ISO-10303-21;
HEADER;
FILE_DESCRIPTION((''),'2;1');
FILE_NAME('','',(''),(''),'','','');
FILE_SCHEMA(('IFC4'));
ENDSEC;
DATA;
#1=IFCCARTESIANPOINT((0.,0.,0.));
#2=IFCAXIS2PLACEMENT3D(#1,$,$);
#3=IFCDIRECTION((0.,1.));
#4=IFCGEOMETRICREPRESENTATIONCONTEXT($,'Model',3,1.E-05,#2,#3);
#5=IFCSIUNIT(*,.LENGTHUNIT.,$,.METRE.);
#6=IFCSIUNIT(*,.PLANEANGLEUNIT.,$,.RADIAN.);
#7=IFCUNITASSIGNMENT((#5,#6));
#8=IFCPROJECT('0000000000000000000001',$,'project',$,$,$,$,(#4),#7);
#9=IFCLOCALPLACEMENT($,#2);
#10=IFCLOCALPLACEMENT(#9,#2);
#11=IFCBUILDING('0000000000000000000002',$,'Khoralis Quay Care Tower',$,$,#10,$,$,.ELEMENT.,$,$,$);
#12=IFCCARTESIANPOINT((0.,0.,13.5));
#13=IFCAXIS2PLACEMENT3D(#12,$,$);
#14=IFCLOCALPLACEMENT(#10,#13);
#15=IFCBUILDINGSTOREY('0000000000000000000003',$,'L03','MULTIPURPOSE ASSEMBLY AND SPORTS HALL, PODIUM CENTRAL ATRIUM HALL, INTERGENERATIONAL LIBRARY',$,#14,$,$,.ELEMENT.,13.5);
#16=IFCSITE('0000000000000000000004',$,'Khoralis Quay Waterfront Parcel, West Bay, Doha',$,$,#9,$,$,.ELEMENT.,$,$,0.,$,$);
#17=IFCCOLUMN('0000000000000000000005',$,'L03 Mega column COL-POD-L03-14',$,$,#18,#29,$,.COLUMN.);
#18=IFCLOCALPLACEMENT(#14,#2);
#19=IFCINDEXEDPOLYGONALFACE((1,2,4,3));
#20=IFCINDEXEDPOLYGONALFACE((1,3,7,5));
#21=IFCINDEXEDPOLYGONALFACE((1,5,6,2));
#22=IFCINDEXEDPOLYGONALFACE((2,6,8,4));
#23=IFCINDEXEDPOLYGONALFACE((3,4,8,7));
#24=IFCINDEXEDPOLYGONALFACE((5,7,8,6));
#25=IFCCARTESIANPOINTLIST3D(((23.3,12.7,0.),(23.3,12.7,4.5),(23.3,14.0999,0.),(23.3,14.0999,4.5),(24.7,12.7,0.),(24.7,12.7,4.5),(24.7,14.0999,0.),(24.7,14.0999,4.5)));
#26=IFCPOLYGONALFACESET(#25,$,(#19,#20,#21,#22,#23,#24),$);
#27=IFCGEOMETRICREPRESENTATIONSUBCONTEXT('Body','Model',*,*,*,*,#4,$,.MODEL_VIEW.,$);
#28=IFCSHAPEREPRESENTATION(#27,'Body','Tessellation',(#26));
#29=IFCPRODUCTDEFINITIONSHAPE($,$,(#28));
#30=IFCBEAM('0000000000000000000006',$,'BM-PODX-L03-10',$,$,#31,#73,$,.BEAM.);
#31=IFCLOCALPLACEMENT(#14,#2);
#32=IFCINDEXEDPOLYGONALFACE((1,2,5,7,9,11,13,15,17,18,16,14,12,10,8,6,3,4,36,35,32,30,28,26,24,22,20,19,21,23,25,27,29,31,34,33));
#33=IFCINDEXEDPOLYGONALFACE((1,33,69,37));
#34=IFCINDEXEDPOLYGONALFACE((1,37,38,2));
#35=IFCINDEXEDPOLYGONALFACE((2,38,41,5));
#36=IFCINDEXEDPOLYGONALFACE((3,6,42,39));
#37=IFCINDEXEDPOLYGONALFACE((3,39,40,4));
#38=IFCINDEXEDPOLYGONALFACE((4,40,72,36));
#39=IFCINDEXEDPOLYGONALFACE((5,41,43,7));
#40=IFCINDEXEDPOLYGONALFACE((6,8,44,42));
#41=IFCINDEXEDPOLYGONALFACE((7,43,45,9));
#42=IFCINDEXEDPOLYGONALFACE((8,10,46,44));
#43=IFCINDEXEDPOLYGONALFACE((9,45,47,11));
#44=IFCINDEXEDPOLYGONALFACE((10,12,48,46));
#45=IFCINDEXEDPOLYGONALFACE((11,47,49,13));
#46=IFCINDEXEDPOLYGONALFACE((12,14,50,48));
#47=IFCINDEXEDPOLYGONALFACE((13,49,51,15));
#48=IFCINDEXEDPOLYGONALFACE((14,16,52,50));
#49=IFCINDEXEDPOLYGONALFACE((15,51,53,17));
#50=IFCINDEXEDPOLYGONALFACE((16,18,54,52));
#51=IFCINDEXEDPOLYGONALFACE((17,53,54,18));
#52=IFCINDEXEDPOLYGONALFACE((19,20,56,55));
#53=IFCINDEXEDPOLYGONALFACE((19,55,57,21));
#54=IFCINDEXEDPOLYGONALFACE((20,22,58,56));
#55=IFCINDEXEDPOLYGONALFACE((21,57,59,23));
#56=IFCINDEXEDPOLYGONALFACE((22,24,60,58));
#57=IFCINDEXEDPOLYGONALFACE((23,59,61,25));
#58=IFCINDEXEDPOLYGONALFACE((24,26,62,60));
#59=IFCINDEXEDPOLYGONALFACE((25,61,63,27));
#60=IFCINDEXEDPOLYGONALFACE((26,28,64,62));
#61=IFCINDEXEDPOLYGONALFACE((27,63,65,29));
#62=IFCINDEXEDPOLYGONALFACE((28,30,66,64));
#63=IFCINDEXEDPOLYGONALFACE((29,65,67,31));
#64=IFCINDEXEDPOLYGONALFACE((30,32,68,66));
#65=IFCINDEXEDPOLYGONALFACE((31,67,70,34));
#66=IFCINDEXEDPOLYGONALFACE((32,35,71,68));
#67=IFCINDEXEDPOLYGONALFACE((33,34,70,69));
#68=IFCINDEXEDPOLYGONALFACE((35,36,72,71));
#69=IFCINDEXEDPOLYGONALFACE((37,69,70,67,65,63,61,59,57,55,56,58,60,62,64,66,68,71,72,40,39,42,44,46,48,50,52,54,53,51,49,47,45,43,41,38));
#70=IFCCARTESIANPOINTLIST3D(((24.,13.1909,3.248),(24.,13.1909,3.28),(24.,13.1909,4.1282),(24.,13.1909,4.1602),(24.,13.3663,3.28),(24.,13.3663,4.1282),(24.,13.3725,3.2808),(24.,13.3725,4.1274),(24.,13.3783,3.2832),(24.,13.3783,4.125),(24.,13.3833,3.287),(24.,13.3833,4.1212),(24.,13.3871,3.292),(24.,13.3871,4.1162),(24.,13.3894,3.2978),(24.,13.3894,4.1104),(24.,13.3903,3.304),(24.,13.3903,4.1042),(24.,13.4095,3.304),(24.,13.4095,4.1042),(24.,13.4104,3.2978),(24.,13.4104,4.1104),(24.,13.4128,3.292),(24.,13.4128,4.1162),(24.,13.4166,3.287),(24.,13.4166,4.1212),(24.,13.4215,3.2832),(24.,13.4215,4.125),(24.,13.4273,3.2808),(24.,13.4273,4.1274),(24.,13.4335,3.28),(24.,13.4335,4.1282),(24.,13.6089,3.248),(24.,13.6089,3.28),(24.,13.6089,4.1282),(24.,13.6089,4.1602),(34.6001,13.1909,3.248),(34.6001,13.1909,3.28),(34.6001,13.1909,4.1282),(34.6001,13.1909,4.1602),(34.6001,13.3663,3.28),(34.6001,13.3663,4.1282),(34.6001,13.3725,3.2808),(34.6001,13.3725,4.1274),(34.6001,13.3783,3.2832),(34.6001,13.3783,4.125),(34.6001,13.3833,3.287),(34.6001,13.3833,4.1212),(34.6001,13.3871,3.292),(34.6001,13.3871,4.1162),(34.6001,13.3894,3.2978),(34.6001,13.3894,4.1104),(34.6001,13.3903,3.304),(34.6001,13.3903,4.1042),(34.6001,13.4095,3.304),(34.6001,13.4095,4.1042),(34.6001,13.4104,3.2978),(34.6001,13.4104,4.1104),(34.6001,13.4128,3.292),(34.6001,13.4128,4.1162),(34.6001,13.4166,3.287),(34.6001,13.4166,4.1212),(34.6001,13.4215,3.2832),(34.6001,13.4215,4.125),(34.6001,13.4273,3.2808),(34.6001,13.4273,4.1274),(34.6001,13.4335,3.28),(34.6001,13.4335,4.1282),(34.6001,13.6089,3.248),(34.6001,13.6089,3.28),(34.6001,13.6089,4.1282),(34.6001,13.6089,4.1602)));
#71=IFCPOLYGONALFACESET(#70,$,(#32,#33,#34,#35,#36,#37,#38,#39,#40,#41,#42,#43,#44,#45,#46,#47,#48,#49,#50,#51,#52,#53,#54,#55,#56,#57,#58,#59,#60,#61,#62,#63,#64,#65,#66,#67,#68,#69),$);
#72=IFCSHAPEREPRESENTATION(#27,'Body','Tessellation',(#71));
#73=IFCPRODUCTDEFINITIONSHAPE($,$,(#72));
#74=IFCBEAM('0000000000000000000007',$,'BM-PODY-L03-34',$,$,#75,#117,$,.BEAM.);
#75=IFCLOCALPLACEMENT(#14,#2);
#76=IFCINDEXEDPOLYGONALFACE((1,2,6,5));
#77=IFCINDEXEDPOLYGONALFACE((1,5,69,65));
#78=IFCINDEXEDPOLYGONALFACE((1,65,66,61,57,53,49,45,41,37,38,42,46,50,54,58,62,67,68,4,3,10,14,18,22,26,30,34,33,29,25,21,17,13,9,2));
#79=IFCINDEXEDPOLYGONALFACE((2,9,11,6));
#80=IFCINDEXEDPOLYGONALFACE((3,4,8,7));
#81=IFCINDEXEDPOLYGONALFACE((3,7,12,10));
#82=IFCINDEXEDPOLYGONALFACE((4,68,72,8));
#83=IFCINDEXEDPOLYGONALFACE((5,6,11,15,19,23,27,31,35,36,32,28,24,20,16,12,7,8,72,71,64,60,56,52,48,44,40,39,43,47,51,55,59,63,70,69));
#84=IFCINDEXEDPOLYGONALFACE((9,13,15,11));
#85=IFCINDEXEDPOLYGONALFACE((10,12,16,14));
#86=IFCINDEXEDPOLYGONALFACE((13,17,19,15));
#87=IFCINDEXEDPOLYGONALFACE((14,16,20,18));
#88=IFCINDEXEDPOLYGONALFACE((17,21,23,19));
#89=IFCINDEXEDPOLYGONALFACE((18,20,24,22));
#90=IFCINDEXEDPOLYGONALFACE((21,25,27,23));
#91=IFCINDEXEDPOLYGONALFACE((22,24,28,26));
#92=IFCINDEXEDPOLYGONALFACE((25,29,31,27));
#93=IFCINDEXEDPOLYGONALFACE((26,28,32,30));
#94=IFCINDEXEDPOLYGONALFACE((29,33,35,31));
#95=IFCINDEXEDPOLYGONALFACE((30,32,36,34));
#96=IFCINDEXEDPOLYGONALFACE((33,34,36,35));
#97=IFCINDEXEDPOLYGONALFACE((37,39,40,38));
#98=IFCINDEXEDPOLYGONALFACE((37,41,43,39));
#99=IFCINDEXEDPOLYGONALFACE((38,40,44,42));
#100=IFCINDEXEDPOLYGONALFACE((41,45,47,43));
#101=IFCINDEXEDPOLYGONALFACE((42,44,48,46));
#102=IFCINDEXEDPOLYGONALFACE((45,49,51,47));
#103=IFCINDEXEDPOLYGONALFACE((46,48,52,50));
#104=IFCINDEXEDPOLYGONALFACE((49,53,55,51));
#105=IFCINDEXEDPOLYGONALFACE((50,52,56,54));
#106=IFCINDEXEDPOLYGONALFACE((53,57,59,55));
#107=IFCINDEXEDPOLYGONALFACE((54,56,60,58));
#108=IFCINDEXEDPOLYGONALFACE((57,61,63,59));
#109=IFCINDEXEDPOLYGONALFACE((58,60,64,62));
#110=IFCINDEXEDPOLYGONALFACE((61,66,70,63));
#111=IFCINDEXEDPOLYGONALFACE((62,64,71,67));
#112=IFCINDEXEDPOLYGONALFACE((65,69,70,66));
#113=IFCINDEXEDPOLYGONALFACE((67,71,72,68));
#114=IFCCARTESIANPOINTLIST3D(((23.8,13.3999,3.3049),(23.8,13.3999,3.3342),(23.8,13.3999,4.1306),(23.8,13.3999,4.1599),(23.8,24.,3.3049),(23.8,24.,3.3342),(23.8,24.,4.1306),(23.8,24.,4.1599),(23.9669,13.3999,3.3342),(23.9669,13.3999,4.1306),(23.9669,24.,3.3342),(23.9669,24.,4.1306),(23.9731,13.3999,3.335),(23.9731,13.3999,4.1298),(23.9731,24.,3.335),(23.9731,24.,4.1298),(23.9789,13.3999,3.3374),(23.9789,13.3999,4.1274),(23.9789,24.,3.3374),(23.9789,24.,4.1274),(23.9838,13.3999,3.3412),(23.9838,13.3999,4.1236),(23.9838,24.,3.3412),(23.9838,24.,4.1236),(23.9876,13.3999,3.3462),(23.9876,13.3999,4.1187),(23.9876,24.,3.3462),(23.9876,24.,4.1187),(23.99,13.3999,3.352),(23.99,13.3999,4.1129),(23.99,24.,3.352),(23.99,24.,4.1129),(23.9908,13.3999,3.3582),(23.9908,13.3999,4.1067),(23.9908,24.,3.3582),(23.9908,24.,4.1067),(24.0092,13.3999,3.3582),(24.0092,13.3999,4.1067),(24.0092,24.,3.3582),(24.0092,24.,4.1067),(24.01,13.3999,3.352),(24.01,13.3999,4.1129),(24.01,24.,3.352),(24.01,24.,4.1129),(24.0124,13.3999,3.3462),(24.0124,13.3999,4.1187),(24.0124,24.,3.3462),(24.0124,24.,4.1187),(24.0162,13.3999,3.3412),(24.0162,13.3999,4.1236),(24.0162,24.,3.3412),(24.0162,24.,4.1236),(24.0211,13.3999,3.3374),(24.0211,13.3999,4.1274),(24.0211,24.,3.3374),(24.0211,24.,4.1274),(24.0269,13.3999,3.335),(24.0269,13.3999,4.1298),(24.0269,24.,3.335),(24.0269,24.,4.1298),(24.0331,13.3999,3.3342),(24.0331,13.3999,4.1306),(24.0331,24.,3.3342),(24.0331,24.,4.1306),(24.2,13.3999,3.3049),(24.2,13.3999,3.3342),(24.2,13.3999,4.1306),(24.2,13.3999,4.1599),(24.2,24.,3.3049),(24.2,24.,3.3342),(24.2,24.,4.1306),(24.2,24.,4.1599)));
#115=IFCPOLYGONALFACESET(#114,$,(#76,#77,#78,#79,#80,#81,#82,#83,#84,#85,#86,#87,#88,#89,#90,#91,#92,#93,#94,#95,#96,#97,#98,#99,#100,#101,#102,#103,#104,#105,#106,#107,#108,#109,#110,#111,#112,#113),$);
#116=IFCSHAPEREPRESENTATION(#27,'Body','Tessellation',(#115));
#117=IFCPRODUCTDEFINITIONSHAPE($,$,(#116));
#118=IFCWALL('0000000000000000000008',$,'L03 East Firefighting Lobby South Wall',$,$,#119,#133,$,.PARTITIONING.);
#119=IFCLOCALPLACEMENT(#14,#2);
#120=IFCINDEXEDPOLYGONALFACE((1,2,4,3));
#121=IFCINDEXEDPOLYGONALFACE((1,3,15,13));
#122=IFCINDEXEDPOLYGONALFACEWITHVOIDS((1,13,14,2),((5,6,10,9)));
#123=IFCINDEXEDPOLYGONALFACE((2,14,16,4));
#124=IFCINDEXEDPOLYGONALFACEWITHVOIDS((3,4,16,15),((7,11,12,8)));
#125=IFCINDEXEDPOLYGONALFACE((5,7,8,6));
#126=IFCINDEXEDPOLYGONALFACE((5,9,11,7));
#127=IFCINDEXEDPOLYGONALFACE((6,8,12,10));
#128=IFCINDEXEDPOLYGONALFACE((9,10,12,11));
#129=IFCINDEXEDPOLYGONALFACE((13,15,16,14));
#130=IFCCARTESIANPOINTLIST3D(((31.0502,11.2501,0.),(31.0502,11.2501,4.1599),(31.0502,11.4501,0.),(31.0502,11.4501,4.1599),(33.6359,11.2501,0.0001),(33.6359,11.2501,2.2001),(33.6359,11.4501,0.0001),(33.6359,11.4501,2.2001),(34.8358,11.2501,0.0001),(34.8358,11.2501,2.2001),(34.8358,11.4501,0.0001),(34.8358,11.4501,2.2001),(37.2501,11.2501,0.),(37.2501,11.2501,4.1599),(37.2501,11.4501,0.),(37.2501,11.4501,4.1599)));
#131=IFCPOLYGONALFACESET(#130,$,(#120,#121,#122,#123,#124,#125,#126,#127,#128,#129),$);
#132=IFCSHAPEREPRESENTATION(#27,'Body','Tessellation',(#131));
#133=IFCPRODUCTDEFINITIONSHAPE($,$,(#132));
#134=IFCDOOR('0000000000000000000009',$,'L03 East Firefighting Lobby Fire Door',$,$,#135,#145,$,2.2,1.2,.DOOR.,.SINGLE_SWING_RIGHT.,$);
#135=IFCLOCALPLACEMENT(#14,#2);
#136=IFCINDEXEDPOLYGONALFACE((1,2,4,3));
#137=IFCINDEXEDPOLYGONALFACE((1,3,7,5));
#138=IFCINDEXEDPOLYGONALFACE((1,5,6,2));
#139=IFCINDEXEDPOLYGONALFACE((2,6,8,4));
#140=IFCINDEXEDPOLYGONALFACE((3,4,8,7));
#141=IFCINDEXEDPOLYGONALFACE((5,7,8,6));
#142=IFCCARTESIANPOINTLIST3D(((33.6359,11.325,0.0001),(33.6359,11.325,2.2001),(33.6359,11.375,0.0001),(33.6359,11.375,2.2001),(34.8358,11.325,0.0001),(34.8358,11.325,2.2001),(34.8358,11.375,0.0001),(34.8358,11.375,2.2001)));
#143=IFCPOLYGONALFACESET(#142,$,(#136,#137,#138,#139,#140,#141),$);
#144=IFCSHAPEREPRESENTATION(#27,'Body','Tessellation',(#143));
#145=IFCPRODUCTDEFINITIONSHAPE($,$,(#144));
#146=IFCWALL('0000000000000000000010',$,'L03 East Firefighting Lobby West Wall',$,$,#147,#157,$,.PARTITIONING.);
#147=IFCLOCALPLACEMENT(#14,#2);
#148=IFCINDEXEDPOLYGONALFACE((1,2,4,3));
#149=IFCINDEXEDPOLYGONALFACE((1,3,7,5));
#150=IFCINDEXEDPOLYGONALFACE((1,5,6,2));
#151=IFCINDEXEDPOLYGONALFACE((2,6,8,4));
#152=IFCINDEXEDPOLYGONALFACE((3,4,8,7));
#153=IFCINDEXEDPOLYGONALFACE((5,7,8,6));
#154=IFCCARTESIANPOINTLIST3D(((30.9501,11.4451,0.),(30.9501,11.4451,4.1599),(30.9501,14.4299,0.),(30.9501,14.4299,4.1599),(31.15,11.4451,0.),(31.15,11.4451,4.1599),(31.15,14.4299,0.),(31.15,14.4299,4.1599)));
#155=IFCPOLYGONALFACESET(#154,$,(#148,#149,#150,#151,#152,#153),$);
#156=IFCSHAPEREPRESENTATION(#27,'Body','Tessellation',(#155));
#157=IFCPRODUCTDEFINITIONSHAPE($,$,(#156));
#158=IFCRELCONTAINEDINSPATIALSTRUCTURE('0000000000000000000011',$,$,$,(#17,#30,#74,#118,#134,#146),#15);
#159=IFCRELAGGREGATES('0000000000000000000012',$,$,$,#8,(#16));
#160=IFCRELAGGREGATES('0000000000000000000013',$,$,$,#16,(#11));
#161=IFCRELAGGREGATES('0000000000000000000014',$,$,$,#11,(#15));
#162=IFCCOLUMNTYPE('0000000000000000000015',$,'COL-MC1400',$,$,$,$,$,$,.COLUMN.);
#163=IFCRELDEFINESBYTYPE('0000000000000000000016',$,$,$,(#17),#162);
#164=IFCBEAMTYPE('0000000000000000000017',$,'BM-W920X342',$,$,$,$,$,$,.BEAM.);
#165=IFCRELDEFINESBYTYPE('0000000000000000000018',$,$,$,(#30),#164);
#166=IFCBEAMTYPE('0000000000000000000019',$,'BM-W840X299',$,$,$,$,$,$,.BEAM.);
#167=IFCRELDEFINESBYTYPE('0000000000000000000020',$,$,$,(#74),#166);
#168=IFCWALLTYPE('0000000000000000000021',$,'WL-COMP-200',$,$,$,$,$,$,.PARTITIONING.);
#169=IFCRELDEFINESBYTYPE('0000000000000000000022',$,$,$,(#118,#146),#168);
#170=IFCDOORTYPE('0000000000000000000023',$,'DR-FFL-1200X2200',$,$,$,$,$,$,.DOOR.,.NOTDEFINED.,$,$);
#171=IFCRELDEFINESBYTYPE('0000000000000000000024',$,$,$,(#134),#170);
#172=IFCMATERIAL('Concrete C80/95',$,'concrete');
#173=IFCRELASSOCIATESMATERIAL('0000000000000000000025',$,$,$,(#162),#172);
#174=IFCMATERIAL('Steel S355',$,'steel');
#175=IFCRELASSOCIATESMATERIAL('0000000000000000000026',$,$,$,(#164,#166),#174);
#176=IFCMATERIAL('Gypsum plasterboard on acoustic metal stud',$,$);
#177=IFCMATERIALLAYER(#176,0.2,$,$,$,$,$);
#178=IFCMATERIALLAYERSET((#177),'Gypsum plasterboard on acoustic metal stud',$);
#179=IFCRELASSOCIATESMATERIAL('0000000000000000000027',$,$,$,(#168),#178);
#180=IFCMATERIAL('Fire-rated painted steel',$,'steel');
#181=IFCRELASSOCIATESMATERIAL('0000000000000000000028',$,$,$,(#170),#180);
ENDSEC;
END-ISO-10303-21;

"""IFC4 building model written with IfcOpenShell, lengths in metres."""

from ifc_helpers import new_model, si_unit, direction, frame, frame_2d, origin, origin_2d, place, context, subcontext, project, spatial, rectangle, i_section, extrude, source, transform, mapped, material, layer, layer_set, material_profile, profile_set, type_object, element, fill, save


model = new_model("IFC4")

# Units and contexts
model_context = context("Model", 3, precision=1e-05, world=origin(), true_north=direction((0.0, 1.0)))
body_context = subcontext(model_context, "Body", "Model", "MODEL_VIEW")
ifc_project = project(units=[si_unit("LENGTHUNIT", "METRE"), si_unit("PLANEANGLEUNIT", "RADIAN")], contexts=[model_context])

# Site, building, storey
site_placement = place(None, origin())
site = spatial("IfcSite", under=ifc_project, at=site_placement, Name="Khoralis Quay Waterfront Parcel, West Bay, Doha", CompositionType="ELEMENT", RefElevation=0.0)
building_placement = place(site_placement, origin())
building = spatial("IfcBuilding", under=site, at=building_placement, Name="Khoralis Quay Care Tower", CompositionType="ELEMENT")
storey_placement = place(building_placement, frame((0.0, 0.0, 13.5)))
storey = spatial("IfcBuildingStorey", under=building, at=storey_placement, Name="L03", Description="MULTIPURPOSE ASSEMBLY AND SPORTS HALL, PODIUM CENTRAL ATRIUM HALL, INTERGENERATIONAL LIBRARY", CompositionType="ELEMENT", Elevation=13.5)

# Column
ifc_material_1 = material(Name="Concrete C80/95", Category="concrete")
ifc_material_profile_1 = material_profile(ifc_material_1, rectangle(XDim=1.3999, YDim=1.3999, at=origin_2d()), Name="Concrete C80/95")
ifc_profile_set_1 = profile_set([ifc_material_profile_1], Name="Concrete C80/95")
column_type = type_object("IfcColumnType", Name="COL-MC1400", PredefinedType="COLUMN", material=ifc_profile_set_1)
shared_shape_1 = source(origin(), body_context, "Body", "SweptSolid", [
    extrude(rectangle(XDim=1.3999, YDim=1.3999, at=origin_2d()), origin(), (0.0, 0.0, 1.0), 4.5),
])
column_placement = place(storey_placement, frame((24.0, 13.3999, 0.0), z_axis=(0.0, 0.0, 1.0), x_axis=(1.0, 0.0, 0.0)))
element("IfcColumn", 1, at=column_placement, inside=storey, type_object=column_type, Name="L03 Mega column COL-POD-L03-14", PredefinedType="COLUMN", context=body_context, shape_type="MappedRepresentation", body=[
    mapped(shared_shape_1, transform((0.0, 0.0, 0.0), scale=1.0)),
])

# Beams
ifc_material_2 = material(Name="Steel S355", Category="steel")
ifc_material_profile_2 = material_profile(ifc_material_2, i_section(OverallWidth=0.418, OverallDepth=0.9121, WebThickness=0.0193, FlangeThickness=0.032, FilletRadius=0.0239, at=origin_2d()), Name="Steel S355")
ifc_profile_set_2 = profile_set([ifc_material_profile_2], Name="Steel S355")
beam_type_1 = type_object("IfcBeamType", Name="BM-W920X342", PredefinedType="BEAM", material=ifc_profile_set_2)
shared_shape_2 = source(origin(), body_context, "Body", "SweptSolid", [
    extrude(i_section(OverallWidth=0.418, OverallDepth=0.9121, WebThickness=0.0193, FlangeThickness=0.032, FilletRadius=0.0239, at=origin_2d()), origin(), (0.0, 0.0, 1.0), 10.6001),
])
beam_1_placement = place(storey_placement, frame((24.0, 13.3999, 3.7041), z_axis=(1.0, 0.0, 0.0), x_axis=(0.0, 1.0, 0.0)))
element("IfcBeam", 2, at=beam_1_placement, inside=storey, type_object=beam_type_1, Name="BM-PODX-L03-10", PredefinedType="BEAM", context=body_context, shape_type="MappedRepresentation", body=[
    mapped(shared_shape_2, transform((0.0, 0.0, 0.0), scale=1.0)),
])
ifc_material_profile_3 = material_profile(ifc_material_2, i_section(OverallWidth=0.3999, OverallDepth=0.855, WebThickness=0.0183, FlangeThickness=0.0293, FilletRadius=0.0239, at=origin_2d()), Name="Steel S355")
ifc_profile_set_3 = profile_set([ifc_material_profile_3], Name="Steel S355")
beam_type_2 = type_object("IfcBeamType", Name="BM-W840X299", PredefinedType="BEAM", material=ifc_profile_set_3)
shared_shape_3 = source(origin(), body_context, "Body", "SweptSolid", [
    extrude(i_section(OverallWidth=0.3999, OverallDepth=0.855, WebThickness=0.0183, FlangeThickness=0.0293, FilletRadius=0.0239, at=origin_2d()), origin(), (0.0, 0.0, 1.0), 10.6001),
])
beam_2_placement = place(storey_placement, frame((24.0, 13.3999, 3.7324), z_axis=(0.0, 1.0, 0.0), x_axis=(-1.0, 0.0, 0.0)))
element("IfcBeam", 3, at=beam_2_placement, inside=storey, type_object=beam_type_2, Name="BM-PODY-L03-34", PredefinedType="BEAM", context=body_context, shape_type="MappedRepresentation", body=[
    mapped(shared_shape_3, transform((0.0, 0.0, 0.0), scale=1.0)),
])

# Wall, opening, door
ifc_material_3 = material(Name="Gypsum plasterboard on acoustic metal stud")
ifc_layer = layer(ifc_material_3, 0.2)
ifc_layer_set = layer_set([ifc_layer], Name="Gypsum plasterboard on acoustic metal stud")
wall_type = type_object("IfcWallType", Name="WL-COMP-200", PredefinedType="PARTITIONING", material=ifc_layer_set)
wall_1_placement = place(storey_placement, frame((31.05, 11.3501, 0.0), z_axis=(0.0, 0.0, 1.0), x_axis=(1.0, 0.0, 0.0)))
wall_1 = element("IfcWall", 4, at=wall_1_placement, inside=storey, type_object=wall_type, Name="L03 East Firefighting Lobby South Wall", PredefinedType="PARTITIONING", context=body_context, shape_type="SweptSolid", body=[
    extrude(rectangle(XDim=6.2, YDim=0.2, at=frame_2d((3.1001, 0.0))), origin(), (0.0, 0.0, 1.0), 4.1599),
])
opening_1_placement = place(wall_1_placement, frame((2.5857, 0.0, 0.0)))
opening_1 = element("IfcOpeningElement", 5, at=opening_1_placement, cuts=wall_1, PredefinedType="OPENING", context=body_context, shape_type="SweptSolid", body=[
    extrude(rectangle(XDim=1.2, YDim=2.2, at=frame_2d((0.6001, 1.1001))), frame((0.0, 0.1099, 0.0), z_axis=(0.0, -1.0, 0.0), x_axis=(1.0, 0.0, 0.0)), (0.0, 0.0, 1.0), 0.22),
])
ifc_material_4 = material(Name="Fire-rated painted steel", Category="steel")
door_type_1 = type_object("IfcDoorType", Name="DR-FFL-1200X2200", OperationType="NOTDEFINED", PredefinedType="DOOR", material=ifc_material_4)
shared_shape_4 = source(origin(), body_context, "Body", "SweptSolid", [
    extrude(rectangle(XDim=1.2, YDim=2.2, at=frame_2d((0.6001, 1.1001))), frame((0.0, 0.0249, 0.0), z_axis=(0.0, -1.0, 0.0), x_axis=(1.0, 0.0, 0.0)), (0.0, 0.0, 1.0), 0.05),
])
door_1_placement = place(opening_1_placement, origin())
door_1 = element("IfcDoor", 6, at=door_1_placement, inside=storey, type_object=door_type_1, Name="L03 East Firefighting Lobby Fire Door", OperationType="SINGLE_SWING_RIGHT", OverallHeight=2.2, OverallWidth=1.2, PredefinedType="DOOR", context=body_context, shape_type="MappedRepresentation", body=[
    mapped(shared_shape_4, transform((0.0, 0.0, 0.0), scale=1.0)),
])
fill(opening_1, door_1)

# Wall
wall_2_placement = place(storey_placement, frame((31.05, 11.4451, 0.0), z_axis=(0.0, 0.0, 1.0), x_axis=(0.0, 1.0, 0.0)))
element("IfcWall", 7, at=wall_2_placement, inside=storey, type_object=wall_type, Name="L03 East Firefighting Lobby West Wall", PredefinedType="PARTITIONING", context=body_context, shape_type="SweptSolid", body=[
    extrude(rectangle(XDim=2.9849, YDim=0.2, at=frame_2d((1.4924, 0.0))), origin(), (0.0, 0.0, 1.0), 4.1599),
])

save(model, "model.ifc")
